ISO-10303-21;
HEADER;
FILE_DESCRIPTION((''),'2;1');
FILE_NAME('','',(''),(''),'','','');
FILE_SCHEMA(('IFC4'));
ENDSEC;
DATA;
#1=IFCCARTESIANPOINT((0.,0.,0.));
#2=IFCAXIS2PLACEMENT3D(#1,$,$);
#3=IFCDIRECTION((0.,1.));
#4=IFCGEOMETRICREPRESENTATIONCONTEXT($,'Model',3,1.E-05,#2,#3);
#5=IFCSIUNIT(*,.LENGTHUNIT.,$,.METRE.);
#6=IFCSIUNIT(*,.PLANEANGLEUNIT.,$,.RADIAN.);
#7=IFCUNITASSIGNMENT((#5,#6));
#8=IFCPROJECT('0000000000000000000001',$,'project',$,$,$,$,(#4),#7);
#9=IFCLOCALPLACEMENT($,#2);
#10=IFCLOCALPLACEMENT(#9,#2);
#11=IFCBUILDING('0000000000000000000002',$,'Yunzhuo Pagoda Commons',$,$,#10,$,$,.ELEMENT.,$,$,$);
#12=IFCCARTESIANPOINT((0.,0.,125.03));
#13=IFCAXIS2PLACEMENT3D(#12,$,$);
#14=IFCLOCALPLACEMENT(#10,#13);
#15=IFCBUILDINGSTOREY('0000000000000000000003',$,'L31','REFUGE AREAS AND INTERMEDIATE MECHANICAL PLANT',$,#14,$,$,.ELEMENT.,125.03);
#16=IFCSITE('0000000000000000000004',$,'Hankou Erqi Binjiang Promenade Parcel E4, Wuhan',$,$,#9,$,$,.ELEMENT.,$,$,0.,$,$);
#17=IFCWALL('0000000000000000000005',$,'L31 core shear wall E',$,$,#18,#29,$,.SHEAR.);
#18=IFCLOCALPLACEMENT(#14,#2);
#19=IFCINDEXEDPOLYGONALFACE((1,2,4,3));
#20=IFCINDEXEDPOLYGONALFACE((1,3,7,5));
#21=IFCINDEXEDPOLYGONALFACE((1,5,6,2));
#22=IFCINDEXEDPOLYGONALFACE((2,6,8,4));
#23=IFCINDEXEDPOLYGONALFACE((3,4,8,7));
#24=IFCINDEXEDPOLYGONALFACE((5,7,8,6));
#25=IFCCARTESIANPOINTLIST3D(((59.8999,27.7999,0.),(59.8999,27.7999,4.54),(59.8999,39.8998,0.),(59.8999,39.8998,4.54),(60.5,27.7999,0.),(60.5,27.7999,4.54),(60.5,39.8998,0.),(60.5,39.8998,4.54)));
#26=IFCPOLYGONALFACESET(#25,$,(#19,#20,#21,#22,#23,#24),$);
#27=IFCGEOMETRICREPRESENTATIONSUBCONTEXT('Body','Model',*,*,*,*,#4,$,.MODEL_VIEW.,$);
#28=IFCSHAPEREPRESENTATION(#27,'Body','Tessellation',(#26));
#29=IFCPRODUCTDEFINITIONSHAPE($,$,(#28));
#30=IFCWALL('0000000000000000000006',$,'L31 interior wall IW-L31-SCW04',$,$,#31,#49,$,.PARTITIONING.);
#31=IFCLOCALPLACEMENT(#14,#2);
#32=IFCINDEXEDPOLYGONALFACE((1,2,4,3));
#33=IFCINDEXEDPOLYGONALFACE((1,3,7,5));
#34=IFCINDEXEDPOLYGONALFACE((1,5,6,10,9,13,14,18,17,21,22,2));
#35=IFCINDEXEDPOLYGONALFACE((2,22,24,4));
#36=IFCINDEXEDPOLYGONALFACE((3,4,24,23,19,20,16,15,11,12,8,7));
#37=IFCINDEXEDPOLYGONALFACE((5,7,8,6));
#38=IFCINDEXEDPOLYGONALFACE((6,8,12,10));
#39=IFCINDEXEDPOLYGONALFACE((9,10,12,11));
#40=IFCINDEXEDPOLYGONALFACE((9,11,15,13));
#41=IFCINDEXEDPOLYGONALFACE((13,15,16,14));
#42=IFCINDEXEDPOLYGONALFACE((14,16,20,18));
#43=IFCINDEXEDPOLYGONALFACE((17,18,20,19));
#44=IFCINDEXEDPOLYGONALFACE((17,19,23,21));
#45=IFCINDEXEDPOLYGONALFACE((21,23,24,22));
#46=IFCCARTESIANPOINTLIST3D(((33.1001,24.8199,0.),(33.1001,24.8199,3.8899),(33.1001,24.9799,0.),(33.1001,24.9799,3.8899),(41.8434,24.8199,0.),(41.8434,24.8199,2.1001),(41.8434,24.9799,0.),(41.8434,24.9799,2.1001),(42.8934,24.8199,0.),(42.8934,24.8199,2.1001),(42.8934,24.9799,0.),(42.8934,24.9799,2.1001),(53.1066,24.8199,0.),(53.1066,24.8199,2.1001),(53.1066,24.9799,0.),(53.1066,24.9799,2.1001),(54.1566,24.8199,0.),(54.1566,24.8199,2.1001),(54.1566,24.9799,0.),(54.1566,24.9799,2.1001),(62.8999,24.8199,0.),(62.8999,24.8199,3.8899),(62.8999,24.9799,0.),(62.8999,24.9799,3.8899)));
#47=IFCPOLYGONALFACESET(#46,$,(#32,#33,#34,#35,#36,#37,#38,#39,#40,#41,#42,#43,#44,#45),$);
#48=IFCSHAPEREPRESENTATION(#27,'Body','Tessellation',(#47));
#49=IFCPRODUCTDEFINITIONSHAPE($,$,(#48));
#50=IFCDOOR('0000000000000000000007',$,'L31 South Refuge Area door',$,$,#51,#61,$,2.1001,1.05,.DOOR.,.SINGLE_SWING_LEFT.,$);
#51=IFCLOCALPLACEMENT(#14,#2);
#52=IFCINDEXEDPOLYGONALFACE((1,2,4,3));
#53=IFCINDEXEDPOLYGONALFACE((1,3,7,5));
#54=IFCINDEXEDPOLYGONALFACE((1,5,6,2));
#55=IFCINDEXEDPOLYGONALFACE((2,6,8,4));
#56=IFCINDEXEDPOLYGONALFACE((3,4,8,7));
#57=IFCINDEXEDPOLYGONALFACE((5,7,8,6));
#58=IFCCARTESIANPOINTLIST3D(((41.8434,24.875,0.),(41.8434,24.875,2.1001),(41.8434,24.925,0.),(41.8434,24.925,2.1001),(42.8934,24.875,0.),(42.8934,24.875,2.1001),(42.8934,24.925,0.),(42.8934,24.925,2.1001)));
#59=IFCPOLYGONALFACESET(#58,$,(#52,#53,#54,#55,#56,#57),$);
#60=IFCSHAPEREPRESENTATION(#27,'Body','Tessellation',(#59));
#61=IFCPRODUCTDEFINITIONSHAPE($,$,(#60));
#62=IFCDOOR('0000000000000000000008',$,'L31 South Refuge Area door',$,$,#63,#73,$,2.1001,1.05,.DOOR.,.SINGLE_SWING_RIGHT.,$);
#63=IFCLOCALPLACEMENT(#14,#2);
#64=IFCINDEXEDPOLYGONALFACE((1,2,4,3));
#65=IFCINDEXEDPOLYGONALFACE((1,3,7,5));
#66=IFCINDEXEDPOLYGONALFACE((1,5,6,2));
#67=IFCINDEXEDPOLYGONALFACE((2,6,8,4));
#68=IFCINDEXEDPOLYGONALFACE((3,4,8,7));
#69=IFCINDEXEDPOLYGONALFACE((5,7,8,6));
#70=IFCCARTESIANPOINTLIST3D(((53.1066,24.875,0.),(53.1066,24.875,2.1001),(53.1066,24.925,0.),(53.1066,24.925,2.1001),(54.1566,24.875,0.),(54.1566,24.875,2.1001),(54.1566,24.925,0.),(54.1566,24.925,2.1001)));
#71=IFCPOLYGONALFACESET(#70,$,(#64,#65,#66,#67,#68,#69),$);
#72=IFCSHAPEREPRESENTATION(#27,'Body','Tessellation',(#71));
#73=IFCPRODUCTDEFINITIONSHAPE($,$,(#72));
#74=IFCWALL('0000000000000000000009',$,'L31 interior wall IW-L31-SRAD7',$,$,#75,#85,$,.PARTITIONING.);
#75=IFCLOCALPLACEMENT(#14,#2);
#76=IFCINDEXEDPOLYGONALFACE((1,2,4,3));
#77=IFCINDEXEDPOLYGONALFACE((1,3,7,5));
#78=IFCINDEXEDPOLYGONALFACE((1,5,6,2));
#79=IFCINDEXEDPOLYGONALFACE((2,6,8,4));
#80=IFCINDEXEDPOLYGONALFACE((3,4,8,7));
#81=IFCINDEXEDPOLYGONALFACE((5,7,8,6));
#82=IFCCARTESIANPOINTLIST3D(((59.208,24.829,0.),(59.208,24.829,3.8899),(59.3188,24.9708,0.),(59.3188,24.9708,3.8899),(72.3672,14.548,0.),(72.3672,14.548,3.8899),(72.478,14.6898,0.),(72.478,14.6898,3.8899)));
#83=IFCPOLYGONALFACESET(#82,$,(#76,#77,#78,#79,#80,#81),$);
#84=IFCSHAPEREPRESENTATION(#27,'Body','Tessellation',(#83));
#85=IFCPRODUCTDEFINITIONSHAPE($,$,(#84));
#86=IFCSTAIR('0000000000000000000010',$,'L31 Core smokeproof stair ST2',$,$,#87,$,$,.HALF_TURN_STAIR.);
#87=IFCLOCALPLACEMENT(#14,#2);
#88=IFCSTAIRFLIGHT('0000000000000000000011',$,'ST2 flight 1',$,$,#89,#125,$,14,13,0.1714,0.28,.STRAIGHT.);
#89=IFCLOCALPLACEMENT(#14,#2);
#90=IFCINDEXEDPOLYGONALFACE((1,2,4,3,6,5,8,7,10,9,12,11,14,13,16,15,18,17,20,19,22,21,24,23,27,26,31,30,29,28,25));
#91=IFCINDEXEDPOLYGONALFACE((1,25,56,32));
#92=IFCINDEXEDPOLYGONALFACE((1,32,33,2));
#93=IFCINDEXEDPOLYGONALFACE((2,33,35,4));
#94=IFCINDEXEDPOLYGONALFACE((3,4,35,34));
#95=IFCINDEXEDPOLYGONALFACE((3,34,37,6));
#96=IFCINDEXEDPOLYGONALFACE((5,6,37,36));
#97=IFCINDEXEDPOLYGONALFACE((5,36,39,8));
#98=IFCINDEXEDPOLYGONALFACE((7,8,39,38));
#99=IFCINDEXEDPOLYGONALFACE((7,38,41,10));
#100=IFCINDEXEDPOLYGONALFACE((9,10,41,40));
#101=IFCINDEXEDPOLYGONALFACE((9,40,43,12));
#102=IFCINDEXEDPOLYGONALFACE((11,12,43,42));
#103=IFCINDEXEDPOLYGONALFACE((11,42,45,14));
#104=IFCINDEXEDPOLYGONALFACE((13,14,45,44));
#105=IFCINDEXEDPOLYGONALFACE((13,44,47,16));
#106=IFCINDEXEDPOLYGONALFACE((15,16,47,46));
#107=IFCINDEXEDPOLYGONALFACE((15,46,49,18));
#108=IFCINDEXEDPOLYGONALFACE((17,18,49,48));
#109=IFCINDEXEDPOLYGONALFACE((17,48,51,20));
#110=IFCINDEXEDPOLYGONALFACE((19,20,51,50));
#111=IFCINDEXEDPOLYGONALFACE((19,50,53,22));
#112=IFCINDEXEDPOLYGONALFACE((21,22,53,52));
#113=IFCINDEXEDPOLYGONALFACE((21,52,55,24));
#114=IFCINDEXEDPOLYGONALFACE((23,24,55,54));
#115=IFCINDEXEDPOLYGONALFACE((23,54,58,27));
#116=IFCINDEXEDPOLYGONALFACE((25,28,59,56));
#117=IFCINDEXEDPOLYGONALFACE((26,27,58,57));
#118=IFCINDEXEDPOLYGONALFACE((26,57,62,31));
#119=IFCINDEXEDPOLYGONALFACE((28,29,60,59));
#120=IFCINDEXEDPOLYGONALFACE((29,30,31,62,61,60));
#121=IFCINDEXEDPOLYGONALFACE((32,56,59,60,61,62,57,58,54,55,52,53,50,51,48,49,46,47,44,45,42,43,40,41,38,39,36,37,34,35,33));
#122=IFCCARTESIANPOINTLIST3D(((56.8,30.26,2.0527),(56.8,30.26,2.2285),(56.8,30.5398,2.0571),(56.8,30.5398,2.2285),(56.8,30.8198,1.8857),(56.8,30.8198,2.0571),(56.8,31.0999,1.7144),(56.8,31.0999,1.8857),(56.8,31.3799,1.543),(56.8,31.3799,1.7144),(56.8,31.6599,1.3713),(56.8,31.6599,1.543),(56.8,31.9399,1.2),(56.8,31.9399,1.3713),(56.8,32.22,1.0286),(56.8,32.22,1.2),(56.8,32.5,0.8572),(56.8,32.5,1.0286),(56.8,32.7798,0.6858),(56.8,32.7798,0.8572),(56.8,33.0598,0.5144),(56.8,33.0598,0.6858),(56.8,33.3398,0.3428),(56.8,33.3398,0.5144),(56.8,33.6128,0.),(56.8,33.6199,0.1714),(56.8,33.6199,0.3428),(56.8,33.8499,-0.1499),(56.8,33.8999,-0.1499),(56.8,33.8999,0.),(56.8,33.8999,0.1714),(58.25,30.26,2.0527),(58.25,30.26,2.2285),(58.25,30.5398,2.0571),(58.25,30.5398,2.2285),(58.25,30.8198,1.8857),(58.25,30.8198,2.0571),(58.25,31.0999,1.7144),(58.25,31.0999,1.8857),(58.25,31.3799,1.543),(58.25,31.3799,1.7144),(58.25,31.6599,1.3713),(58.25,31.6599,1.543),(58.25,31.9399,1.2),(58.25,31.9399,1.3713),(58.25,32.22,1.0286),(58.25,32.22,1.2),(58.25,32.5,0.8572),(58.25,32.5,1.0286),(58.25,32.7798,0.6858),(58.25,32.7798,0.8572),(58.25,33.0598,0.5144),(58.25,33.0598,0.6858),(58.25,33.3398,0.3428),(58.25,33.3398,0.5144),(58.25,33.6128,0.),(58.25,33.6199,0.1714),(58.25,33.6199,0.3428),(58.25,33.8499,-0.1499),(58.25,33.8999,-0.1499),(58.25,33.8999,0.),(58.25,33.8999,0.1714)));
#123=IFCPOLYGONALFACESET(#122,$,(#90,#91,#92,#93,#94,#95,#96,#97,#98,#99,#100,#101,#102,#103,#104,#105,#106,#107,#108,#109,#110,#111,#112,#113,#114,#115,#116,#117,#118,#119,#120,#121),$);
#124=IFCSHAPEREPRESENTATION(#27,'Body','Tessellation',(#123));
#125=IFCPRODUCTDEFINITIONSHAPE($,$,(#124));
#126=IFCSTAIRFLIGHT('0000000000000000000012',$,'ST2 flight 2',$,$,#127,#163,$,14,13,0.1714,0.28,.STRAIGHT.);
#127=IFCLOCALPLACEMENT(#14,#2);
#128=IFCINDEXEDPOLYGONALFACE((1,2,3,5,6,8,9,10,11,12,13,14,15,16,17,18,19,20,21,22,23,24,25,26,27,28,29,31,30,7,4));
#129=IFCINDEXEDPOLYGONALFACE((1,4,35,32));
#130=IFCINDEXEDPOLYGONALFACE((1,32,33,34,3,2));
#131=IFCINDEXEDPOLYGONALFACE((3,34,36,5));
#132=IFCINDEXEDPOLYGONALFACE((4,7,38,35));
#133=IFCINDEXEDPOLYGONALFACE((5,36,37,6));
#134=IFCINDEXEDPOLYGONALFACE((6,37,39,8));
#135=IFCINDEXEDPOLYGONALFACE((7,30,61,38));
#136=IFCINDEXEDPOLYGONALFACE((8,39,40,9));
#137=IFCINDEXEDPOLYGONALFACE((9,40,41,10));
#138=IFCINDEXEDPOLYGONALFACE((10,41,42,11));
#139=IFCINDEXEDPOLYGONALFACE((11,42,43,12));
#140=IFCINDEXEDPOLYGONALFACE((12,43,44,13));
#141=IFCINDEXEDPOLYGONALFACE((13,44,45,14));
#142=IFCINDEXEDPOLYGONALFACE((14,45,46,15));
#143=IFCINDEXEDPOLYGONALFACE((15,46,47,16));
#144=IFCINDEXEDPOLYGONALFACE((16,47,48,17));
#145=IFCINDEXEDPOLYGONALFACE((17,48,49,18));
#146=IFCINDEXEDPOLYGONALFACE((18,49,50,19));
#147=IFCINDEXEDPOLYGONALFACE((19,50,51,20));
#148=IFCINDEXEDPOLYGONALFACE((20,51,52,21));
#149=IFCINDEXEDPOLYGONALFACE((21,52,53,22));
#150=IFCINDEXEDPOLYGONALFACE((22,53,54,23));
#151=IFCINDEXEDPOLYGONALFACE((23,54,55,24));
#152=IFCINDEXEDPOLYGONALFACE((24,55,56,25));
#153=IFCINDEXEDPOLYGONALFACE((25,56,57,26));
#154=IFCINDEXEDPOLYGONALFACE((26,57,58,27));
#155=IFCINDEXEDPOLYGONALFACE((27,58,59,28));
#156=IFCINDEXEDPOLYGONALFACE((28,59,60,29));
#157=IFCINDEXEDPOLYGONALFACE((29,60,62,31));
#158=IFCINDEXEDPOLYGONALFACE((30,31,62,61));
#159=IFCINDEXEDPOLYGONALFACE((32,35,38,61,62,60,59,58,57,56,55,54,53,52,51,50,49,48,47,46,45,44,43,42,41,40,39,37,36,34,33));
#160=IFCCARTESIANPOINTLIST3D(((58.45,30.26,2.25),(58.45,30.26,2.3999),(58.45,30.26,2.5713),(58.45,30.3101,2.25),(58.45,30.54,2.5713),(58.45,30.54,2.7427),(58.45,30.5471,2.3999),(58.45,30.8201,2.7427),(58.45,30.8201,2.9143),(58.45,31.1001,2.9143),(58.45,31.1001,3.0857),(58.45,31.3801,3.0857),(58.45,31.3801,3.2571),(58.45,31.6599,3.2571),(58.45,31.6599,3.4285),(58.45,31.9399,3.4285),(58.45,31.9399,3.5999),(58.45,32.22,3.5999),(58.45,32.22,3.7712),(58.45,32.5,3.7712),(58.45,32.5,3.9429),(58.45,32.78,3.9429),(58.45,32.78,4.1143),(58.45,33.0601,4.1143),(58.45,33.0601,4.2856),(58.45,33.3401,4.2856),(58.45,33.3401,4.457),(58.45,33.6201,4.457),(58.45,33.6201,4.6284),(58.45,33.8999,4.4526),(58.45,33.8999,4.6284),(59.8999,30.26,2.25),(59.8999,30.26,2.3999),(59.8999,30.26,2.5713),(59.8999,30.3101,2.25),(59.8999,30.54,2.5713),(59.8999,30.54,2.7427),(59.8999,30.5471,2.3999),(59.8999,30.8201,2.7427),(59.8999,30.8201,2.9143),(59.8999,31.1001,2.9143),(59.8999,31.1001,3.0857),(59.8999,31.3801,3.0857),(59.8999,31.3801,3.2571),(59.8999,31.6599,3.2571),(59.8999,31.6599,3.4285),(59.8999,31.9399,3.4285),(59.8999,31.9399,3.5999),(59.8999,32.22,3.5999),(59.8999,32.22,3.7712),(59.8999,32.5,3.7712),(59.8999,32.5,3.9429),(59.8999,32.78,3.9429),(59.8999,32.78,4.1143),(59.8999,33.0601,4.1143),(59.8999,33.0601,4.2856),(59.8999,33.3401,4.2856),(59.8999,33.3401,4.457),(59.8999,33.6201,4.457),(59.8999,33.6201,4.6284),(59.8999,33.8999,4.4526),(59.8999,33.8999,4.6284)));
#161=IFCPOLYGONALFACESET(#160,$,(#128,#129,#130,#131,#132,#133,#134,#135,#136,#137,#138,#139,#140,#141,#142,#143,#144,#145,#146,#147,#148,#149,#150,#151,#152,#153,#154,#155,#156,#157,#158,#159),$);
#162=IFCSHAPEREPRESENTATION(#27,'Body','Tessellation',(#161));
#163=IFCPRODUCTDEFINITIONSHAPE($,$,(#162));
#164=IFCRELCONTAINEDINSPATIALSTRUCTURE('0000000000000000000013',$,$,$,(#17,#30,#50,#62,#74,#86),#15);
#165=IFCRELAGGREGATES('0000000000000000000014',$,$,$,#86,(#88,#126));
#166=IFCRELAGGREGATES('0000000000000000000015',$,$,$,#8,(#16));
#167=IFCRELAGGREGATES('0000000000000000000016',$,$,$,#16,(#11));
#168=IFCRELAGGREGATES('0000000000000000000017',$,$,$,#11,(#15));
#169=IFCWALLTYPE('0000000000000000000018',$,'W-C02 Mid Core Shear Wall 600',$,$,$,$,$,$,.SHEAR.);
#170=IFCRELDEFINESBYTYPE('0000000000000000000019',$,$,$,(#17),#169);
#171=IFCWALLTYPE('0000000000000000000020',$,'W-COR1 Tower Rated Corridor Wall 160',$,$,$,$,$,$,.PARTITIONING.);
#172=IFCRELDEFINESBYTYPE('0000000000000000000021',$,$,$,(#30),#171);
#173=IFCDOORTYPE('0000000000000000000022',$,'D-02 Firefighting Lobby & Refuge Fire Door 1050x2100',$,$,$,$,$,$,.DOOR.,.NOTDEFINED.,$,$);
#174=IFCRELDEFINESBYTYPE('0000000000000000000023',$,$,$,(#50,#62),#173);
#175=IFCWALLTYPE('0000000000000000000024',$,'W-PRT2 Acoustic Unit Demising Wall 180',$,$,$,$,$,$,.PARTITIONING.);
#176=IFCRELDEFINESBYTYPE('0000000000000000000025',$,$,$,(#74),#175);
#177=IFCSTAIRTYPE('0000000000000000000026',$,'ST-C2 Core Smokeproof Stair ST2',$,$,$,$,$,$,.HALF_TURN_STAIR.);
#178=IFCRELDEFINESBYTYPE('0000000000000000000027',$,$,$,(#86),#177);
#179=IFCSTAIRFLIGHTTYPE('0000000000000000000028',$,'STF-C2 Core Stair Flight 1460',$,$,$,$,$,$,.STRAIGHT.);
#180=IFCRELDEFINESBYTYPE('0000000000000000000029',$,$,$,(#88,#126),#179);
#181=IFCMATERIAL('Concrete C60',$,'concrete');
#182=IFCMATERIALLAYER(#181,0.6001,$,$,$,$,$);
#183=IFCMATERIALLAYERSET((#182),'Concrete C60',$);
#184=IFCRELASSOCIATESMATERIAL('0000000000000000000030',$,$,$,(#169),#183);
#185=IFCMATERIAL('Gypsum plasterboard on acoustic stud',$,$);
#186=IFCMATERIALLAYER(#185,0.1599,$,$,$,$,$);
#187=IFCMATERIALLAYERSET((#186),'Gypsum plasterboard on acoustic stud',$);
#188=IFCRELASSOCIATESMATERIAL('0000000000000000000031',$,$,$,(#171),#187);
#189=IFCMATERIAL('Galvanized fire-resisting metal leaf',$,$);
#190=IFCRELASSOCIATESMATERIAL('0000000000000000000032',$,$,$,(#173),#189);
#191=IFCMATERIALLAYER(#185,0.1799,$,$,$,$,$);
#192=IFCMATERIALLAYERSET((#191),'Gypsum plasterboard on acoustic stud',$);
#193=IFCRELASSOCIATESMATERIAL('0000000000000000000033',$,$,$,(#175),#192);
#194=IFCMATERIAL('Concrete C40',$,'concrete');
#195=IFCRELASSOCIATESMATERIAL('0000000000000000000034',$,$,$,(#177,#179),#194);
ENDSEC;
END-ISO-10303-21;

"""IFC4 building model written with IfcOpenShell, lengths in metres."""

from ifc_helpers import new_model, si_unit, direction, frame, frame_2d, origin, origin_with_axes, place, context, subcontext, project, spatial, polyline, rectangle, outline, extrude, source, transform, mapped, material, layer, layer_set, type_object, element, fill, aggregate, save


model = new_model("IFC4")

# Units and contexts
model_context = context("Model", 3, precision=1e-05, world=origin(), true_north=direction((0.0, 1.0)))
body_context = subcontext(model_context, "Body", "Model", "MODEL_VIEW")
ifc_project = project(units=[si_unit("LENGTHUNIT", "METRE"), si_unit("PLANEANGLEUNIT", "RADIAN")], contexts=[model_context])

# Site, building, storey
site_placement = place(None, origin())
site = spatial("IfcSite", under=ifc_project, at=site_placement, Name="Hankou Erqi Binjiang Promenade Parcel E4, Wuhan", CompositionType="ELEMENT", RefElevation=0.0)
building_placement = place(site_placement, origin())
building = spatial("IfcBuilding", under=site, at=building_placement, Name="Yunzhuo Pagoda Commons", CompositionType="ELEMENT")
storey_placement = place(building_placement, frame((0.0, 0.0, 125.03)))
storey = spatial("IfcBuildingStorey", under=building, at=storey_placement, Name="L31", Description="REFUGE AREAS AND INTERMEDIATE MECHANICAL PLANT", CompositionType="ELEMENT", Elevation=125.03)

# Wall
ifc_material_1 = material(Name="Concrete C60", Category="concrete")
ifc_layer_1 = layer(ifc_material_1, 0.6001)
ifc_layer_set_1 = layer_set([ifc_layer_1], Name="Concrete C60")
wall_type_1 = type_object("IfcWallType", Name="W-C02 Mid Core Shear Wall 600", PredefinedType="SHEAR", material=ifc_layer_set_1)
wall_1_placement = place(storey_placement, frame((60.2, 27.8, 0.0), z_axis=(0.0, 0.0, 1.0), x_axis=(0.0, 1.0, 0.0)))
element("IfcWall", 1, at=wall_1_placement, inside=storey, type_object=wall_type_1, Name="L31 core shear wall E", PredefinedType="SHEAR", context=body_context, shape_type="SweptSolid", body=[
    extrude(rectangle(XDim=12.0999, YDim=0.6001, at=frame_2d((6.0498, 0.0))), origin(), (0.0, 0.0, 1.0), 4.54),
])

# Wall, openings, doors
ifc_material_2 = material(Name="Gypsum plasterboard on acoustic stud")
ifc_layer_2 = layer(ifc_material_2, 0.1599)
ifc_layer_set_2 = layer_set([ifc_layer_2], Name="Gypsum plasterboard on acoustic stud")
wall_type_2 = type_object("IfcWallType", Name="W-COR1 Tower Rated Corridor Wall 160", PredefinedType="PARTITIONING", material=ifc_layer_set_2)
wall_2_placement = place(storey_placement, frame((62.8999, 24.8999, 0.0), z_axis=(0.0, 0.0, 1.0), x_axis=(-1.0, 0.0, 0.0)))
wall_2 = element("IfcWall", 2, at=wall_2_placement, inside=storey, type_object=wall_type_2, Name="L31 interior wall IW-L31-SCW04", PredefinedType="PARTITIONING", context=body_context, shape_type="SweptSolid", body=[
    extrude(rectangle(XDim=29.7998, YDim=0.1599, at=frame_2d((14.8999, 0.0))), origin(), (0.0, 0.0, 1.0), 3.8899),
])
opening_1_placement = place(wall_2_placement, frame((20.0066, 0.0, 0.0)))
opening_1 = element("IfcOpeningElement", 3, at=opening_1_placement, cuts=wall_2, PredefinedType="OPENING", context=body_context, shape_type="SweptSolid", body=[
    extrude(rectangle(XDim=1.05, YDim=2.1001, at=frame_2d((0.5249, 1.05))), frame((0.0, 0.0898, 0.0), z_axis=(0.0, -1.0, 0.0), x_axis=(1.0, 0.0, 0.0)), (0.0, 0.0, 1.0), 0.1799),
])
opening_2_placement = place(wall_2_placement, frame((8.7434, 0.0, 0.0)))
opening_2 = element("IfcOpeningElement", 4, at=opening_2_placement, cuts=wall_2, PredefinedType="OPENING", context=body_context, shape_type="SweptSolid", body=[
    extrude(rectangle(XDim=1.05, YDim=2.1001, at=frame_2d((0.5249, 1.05))), frame((0.0, 0.0898, 0.0), z_axis=(0.0, -1.0, 0.0), x_axis=(1.0, 0.0, 0.0)), (0.0, 0.0, 1.0), 0.1799),
])
ifc_material_3 = material(Name="Galvanized fire-resisting metal leaf")
door_type = type_object("IfcDoorType", Name="D-02 Firefighting Lobby & Refuge Fire Door 1050x2100", OperationType="NOTDEFINED", PredefinedType="DOOR", material=ifc_material_3)
shared_shape_1 = source(origin(), body_context, "Body", "SweptSolid", [
    extrude(rectangle(XDim=1.05, YDim=2.1001, at=frame_2d((0.5249, 1.05))), frame((0.0, 0.0249, 0.0), z_axis=(0.0, -1.0, 0.0), x_axis=(1.0, 0.0, 0.0)), (0.0, 0.0, 1.0), 0.05),
])
door_1_placement = place(opening_1_placement, origin_with_axes())
door_1 = element("IfcDoor", 5, at=door_1_placement, inside=storey, type_object=door_type, Name="L31 South Refuge Area door", OperationType="SINGLE_SWING_LEFT", OverallHeight=2.1001, OverallWidth=1.05, PredefinedType="DOOR", context=body_context, shape_type="MappedRepresentation", body=[
    mapped(shared_shape_1, transform((0.0, 0.0, 0.0), scale=1.0)),
])
fill(opening_1, door_1)
door_2_placement = place(opening_2_placement, origin_with_axes())
door_2 = element("IfcDoor", 6, at=door_2_placement, inside=storey, type_object=door_type, Name="L31 South Refuge Area door", OperationType="SINGLE_SWING_RIGHT", OverallHeight=2.1001, OverallWidth=1.05, PredefinedType="DOOR", context=body_context, shape_type="MappedRepresentation", body=[
    mapped(shared_shape_1, transform((0.0, 0.0, 0.0), scale=1.0)),
])
fill(opening_2, door_2)

# Wall
ifc_layer_3 = layer(ifc_material_2, 0.1799)
ifc_layer_set_3 = layer_set([ifc_layer_3], Name="Gypsum plasterboard on acoustic stud")
wall_type_3 = type_object("IfcWallType", Name="W-PRT2 Acoustic Unit Demising Wall 180", PredefinedType="PARTITIONING", material=ifc_layer_set_3)
wall_3_placement = place(storey_placement, frame((59.2634, 24.8999, 0.0), z_axis=(0.0, 0.0, 1.0), x_axis=(0.788013, -0.615659, 0.0)))
element("IfcWall", 7, at=wall_3_placement, inside=storey, type_object=wall_type_3, Name="L31 interior wall IW-L31-SRAD7", PredefinedType="PARTITIONING", context=body_context, shape_type="SweptSolid", body=[
    extrude(rectangle(XDim=16.6992, YDim=0.1799, at=frame_2d((8.3496, 0.0))), origin(), (0.0, 0.0, 1.0), 3.8899),
])

# Stair, stair flights
ifc_material_4 = material(Name="Concrete C40", Category="concrete")
stair_type = type_object("IfcStairType", Name="ST-C2 Core Smokeproof Stair ST2", PredefinedType="HALF_TURN_STAIR", material=ifc_material_4)
stair_placement = place(storey_placement, origin())
stair = element("IfcStair", 8, at=stair_placement, inside=storey, type_object=stair_type, Name="L31 Core smokeproof stair ST2", PredefinedType="HALF_TURN_STAIR")
stair_flight_type = type_object("IfcStairFlightType", Name="STF-C2 Core Stair Flight 1460", PredefinedType="STRAIGHT", material=ifc_material_4)
shared_shape_2 = source(origin(), body_context, "Body", "SweptSolid", [
    extrude(outline(polyline([(0.0, -0.1499), (0.0, 0.0), (0.0, 0.1714), (0.28, 0.1714), (0.28, 0.3428), (0.5601, 0.3428), (0.5601, 0.5144), (0.8401, 0.5144), (0.8401, 0.6858), (1.1201, 0.6858), (1.1201, 0.8572), (1.3999, 0.8572), (1.3999, 1.0286), (1.6799, 1.0286), (1.6799, 1.2), (1.96, 1.2), (1.96, 1.3713), (2.24, 1.3713), (2.24, 1.543), (2.52, 1.543), (2.52, 1.7144), (2.8, 1.7144), (2.8, 1.8857), (3.0801, 1.8857), (3.0801, 2.0571), (3.3601, 2.0571), (3.3601, 2.2285), (3.6399, 2.2285), (3.6399, 2.3999), (3.6399, 2.0527), (0.2871, 0.0), (0.05, -0.1499), (0.0, -0.1499)])), frame((0.0, 0.7251, 0.0), z_axis=(0.0, -1.0, 0.0), x_axis=(1.0, 0.0, 0.0)), (0.0, 0.0, 1.0), 1.45),
])
stair_flight_1_placement = place(storey_placement, frame((57.5249, 33.8999, 0.0), z_axis=(0.0, 0.0, 1.0), x_axis=(0.0, -1.0, 0.0)))
stair_flight_1 = element("IfcStairFlight", 9, at=stair_flight_1_placement, type_object=stair_flight_type, Name="ST2 flight 1", NumberOfRisers=14, NumberOfTreads=13, PredefinedType="STRAIGHT", RiserHeight=0.1714, TreadLength=0.28, context=body_context, shape_type="MappedRepresentation", body=[
    mapped(shared_shape_2, transform((0.0, 0.0, 0.0), scale=1.0)),
])
stair_flight_2_placement = place(storey_placement, frame((59.175, 30.26, 2.3999), z_axis=(0.0, 0.0, 1.0), x_axis=(0.0, 1.0, 0.0)))
stair_flight_2 = element("IfcStairFlight", 10, at=stair_flight_2_placement, type_object=stair_flight_type, Name="ST2 flight 2", NumberOfRisers=14, NumberOfTreads=13, PredefinedType="STRAIGHT", RiserHeight=0.1714, TreadLength=0.28, context=body_context, shape_type="MappedRepresentation", body=[
    mapped(shared_shape_2, transform((0.0, 0.0, 0.0), scale=1.0)),
])
aggregate(stair, [stair_flight_1, stair_flight_2])

save(model, "model.ifc")
